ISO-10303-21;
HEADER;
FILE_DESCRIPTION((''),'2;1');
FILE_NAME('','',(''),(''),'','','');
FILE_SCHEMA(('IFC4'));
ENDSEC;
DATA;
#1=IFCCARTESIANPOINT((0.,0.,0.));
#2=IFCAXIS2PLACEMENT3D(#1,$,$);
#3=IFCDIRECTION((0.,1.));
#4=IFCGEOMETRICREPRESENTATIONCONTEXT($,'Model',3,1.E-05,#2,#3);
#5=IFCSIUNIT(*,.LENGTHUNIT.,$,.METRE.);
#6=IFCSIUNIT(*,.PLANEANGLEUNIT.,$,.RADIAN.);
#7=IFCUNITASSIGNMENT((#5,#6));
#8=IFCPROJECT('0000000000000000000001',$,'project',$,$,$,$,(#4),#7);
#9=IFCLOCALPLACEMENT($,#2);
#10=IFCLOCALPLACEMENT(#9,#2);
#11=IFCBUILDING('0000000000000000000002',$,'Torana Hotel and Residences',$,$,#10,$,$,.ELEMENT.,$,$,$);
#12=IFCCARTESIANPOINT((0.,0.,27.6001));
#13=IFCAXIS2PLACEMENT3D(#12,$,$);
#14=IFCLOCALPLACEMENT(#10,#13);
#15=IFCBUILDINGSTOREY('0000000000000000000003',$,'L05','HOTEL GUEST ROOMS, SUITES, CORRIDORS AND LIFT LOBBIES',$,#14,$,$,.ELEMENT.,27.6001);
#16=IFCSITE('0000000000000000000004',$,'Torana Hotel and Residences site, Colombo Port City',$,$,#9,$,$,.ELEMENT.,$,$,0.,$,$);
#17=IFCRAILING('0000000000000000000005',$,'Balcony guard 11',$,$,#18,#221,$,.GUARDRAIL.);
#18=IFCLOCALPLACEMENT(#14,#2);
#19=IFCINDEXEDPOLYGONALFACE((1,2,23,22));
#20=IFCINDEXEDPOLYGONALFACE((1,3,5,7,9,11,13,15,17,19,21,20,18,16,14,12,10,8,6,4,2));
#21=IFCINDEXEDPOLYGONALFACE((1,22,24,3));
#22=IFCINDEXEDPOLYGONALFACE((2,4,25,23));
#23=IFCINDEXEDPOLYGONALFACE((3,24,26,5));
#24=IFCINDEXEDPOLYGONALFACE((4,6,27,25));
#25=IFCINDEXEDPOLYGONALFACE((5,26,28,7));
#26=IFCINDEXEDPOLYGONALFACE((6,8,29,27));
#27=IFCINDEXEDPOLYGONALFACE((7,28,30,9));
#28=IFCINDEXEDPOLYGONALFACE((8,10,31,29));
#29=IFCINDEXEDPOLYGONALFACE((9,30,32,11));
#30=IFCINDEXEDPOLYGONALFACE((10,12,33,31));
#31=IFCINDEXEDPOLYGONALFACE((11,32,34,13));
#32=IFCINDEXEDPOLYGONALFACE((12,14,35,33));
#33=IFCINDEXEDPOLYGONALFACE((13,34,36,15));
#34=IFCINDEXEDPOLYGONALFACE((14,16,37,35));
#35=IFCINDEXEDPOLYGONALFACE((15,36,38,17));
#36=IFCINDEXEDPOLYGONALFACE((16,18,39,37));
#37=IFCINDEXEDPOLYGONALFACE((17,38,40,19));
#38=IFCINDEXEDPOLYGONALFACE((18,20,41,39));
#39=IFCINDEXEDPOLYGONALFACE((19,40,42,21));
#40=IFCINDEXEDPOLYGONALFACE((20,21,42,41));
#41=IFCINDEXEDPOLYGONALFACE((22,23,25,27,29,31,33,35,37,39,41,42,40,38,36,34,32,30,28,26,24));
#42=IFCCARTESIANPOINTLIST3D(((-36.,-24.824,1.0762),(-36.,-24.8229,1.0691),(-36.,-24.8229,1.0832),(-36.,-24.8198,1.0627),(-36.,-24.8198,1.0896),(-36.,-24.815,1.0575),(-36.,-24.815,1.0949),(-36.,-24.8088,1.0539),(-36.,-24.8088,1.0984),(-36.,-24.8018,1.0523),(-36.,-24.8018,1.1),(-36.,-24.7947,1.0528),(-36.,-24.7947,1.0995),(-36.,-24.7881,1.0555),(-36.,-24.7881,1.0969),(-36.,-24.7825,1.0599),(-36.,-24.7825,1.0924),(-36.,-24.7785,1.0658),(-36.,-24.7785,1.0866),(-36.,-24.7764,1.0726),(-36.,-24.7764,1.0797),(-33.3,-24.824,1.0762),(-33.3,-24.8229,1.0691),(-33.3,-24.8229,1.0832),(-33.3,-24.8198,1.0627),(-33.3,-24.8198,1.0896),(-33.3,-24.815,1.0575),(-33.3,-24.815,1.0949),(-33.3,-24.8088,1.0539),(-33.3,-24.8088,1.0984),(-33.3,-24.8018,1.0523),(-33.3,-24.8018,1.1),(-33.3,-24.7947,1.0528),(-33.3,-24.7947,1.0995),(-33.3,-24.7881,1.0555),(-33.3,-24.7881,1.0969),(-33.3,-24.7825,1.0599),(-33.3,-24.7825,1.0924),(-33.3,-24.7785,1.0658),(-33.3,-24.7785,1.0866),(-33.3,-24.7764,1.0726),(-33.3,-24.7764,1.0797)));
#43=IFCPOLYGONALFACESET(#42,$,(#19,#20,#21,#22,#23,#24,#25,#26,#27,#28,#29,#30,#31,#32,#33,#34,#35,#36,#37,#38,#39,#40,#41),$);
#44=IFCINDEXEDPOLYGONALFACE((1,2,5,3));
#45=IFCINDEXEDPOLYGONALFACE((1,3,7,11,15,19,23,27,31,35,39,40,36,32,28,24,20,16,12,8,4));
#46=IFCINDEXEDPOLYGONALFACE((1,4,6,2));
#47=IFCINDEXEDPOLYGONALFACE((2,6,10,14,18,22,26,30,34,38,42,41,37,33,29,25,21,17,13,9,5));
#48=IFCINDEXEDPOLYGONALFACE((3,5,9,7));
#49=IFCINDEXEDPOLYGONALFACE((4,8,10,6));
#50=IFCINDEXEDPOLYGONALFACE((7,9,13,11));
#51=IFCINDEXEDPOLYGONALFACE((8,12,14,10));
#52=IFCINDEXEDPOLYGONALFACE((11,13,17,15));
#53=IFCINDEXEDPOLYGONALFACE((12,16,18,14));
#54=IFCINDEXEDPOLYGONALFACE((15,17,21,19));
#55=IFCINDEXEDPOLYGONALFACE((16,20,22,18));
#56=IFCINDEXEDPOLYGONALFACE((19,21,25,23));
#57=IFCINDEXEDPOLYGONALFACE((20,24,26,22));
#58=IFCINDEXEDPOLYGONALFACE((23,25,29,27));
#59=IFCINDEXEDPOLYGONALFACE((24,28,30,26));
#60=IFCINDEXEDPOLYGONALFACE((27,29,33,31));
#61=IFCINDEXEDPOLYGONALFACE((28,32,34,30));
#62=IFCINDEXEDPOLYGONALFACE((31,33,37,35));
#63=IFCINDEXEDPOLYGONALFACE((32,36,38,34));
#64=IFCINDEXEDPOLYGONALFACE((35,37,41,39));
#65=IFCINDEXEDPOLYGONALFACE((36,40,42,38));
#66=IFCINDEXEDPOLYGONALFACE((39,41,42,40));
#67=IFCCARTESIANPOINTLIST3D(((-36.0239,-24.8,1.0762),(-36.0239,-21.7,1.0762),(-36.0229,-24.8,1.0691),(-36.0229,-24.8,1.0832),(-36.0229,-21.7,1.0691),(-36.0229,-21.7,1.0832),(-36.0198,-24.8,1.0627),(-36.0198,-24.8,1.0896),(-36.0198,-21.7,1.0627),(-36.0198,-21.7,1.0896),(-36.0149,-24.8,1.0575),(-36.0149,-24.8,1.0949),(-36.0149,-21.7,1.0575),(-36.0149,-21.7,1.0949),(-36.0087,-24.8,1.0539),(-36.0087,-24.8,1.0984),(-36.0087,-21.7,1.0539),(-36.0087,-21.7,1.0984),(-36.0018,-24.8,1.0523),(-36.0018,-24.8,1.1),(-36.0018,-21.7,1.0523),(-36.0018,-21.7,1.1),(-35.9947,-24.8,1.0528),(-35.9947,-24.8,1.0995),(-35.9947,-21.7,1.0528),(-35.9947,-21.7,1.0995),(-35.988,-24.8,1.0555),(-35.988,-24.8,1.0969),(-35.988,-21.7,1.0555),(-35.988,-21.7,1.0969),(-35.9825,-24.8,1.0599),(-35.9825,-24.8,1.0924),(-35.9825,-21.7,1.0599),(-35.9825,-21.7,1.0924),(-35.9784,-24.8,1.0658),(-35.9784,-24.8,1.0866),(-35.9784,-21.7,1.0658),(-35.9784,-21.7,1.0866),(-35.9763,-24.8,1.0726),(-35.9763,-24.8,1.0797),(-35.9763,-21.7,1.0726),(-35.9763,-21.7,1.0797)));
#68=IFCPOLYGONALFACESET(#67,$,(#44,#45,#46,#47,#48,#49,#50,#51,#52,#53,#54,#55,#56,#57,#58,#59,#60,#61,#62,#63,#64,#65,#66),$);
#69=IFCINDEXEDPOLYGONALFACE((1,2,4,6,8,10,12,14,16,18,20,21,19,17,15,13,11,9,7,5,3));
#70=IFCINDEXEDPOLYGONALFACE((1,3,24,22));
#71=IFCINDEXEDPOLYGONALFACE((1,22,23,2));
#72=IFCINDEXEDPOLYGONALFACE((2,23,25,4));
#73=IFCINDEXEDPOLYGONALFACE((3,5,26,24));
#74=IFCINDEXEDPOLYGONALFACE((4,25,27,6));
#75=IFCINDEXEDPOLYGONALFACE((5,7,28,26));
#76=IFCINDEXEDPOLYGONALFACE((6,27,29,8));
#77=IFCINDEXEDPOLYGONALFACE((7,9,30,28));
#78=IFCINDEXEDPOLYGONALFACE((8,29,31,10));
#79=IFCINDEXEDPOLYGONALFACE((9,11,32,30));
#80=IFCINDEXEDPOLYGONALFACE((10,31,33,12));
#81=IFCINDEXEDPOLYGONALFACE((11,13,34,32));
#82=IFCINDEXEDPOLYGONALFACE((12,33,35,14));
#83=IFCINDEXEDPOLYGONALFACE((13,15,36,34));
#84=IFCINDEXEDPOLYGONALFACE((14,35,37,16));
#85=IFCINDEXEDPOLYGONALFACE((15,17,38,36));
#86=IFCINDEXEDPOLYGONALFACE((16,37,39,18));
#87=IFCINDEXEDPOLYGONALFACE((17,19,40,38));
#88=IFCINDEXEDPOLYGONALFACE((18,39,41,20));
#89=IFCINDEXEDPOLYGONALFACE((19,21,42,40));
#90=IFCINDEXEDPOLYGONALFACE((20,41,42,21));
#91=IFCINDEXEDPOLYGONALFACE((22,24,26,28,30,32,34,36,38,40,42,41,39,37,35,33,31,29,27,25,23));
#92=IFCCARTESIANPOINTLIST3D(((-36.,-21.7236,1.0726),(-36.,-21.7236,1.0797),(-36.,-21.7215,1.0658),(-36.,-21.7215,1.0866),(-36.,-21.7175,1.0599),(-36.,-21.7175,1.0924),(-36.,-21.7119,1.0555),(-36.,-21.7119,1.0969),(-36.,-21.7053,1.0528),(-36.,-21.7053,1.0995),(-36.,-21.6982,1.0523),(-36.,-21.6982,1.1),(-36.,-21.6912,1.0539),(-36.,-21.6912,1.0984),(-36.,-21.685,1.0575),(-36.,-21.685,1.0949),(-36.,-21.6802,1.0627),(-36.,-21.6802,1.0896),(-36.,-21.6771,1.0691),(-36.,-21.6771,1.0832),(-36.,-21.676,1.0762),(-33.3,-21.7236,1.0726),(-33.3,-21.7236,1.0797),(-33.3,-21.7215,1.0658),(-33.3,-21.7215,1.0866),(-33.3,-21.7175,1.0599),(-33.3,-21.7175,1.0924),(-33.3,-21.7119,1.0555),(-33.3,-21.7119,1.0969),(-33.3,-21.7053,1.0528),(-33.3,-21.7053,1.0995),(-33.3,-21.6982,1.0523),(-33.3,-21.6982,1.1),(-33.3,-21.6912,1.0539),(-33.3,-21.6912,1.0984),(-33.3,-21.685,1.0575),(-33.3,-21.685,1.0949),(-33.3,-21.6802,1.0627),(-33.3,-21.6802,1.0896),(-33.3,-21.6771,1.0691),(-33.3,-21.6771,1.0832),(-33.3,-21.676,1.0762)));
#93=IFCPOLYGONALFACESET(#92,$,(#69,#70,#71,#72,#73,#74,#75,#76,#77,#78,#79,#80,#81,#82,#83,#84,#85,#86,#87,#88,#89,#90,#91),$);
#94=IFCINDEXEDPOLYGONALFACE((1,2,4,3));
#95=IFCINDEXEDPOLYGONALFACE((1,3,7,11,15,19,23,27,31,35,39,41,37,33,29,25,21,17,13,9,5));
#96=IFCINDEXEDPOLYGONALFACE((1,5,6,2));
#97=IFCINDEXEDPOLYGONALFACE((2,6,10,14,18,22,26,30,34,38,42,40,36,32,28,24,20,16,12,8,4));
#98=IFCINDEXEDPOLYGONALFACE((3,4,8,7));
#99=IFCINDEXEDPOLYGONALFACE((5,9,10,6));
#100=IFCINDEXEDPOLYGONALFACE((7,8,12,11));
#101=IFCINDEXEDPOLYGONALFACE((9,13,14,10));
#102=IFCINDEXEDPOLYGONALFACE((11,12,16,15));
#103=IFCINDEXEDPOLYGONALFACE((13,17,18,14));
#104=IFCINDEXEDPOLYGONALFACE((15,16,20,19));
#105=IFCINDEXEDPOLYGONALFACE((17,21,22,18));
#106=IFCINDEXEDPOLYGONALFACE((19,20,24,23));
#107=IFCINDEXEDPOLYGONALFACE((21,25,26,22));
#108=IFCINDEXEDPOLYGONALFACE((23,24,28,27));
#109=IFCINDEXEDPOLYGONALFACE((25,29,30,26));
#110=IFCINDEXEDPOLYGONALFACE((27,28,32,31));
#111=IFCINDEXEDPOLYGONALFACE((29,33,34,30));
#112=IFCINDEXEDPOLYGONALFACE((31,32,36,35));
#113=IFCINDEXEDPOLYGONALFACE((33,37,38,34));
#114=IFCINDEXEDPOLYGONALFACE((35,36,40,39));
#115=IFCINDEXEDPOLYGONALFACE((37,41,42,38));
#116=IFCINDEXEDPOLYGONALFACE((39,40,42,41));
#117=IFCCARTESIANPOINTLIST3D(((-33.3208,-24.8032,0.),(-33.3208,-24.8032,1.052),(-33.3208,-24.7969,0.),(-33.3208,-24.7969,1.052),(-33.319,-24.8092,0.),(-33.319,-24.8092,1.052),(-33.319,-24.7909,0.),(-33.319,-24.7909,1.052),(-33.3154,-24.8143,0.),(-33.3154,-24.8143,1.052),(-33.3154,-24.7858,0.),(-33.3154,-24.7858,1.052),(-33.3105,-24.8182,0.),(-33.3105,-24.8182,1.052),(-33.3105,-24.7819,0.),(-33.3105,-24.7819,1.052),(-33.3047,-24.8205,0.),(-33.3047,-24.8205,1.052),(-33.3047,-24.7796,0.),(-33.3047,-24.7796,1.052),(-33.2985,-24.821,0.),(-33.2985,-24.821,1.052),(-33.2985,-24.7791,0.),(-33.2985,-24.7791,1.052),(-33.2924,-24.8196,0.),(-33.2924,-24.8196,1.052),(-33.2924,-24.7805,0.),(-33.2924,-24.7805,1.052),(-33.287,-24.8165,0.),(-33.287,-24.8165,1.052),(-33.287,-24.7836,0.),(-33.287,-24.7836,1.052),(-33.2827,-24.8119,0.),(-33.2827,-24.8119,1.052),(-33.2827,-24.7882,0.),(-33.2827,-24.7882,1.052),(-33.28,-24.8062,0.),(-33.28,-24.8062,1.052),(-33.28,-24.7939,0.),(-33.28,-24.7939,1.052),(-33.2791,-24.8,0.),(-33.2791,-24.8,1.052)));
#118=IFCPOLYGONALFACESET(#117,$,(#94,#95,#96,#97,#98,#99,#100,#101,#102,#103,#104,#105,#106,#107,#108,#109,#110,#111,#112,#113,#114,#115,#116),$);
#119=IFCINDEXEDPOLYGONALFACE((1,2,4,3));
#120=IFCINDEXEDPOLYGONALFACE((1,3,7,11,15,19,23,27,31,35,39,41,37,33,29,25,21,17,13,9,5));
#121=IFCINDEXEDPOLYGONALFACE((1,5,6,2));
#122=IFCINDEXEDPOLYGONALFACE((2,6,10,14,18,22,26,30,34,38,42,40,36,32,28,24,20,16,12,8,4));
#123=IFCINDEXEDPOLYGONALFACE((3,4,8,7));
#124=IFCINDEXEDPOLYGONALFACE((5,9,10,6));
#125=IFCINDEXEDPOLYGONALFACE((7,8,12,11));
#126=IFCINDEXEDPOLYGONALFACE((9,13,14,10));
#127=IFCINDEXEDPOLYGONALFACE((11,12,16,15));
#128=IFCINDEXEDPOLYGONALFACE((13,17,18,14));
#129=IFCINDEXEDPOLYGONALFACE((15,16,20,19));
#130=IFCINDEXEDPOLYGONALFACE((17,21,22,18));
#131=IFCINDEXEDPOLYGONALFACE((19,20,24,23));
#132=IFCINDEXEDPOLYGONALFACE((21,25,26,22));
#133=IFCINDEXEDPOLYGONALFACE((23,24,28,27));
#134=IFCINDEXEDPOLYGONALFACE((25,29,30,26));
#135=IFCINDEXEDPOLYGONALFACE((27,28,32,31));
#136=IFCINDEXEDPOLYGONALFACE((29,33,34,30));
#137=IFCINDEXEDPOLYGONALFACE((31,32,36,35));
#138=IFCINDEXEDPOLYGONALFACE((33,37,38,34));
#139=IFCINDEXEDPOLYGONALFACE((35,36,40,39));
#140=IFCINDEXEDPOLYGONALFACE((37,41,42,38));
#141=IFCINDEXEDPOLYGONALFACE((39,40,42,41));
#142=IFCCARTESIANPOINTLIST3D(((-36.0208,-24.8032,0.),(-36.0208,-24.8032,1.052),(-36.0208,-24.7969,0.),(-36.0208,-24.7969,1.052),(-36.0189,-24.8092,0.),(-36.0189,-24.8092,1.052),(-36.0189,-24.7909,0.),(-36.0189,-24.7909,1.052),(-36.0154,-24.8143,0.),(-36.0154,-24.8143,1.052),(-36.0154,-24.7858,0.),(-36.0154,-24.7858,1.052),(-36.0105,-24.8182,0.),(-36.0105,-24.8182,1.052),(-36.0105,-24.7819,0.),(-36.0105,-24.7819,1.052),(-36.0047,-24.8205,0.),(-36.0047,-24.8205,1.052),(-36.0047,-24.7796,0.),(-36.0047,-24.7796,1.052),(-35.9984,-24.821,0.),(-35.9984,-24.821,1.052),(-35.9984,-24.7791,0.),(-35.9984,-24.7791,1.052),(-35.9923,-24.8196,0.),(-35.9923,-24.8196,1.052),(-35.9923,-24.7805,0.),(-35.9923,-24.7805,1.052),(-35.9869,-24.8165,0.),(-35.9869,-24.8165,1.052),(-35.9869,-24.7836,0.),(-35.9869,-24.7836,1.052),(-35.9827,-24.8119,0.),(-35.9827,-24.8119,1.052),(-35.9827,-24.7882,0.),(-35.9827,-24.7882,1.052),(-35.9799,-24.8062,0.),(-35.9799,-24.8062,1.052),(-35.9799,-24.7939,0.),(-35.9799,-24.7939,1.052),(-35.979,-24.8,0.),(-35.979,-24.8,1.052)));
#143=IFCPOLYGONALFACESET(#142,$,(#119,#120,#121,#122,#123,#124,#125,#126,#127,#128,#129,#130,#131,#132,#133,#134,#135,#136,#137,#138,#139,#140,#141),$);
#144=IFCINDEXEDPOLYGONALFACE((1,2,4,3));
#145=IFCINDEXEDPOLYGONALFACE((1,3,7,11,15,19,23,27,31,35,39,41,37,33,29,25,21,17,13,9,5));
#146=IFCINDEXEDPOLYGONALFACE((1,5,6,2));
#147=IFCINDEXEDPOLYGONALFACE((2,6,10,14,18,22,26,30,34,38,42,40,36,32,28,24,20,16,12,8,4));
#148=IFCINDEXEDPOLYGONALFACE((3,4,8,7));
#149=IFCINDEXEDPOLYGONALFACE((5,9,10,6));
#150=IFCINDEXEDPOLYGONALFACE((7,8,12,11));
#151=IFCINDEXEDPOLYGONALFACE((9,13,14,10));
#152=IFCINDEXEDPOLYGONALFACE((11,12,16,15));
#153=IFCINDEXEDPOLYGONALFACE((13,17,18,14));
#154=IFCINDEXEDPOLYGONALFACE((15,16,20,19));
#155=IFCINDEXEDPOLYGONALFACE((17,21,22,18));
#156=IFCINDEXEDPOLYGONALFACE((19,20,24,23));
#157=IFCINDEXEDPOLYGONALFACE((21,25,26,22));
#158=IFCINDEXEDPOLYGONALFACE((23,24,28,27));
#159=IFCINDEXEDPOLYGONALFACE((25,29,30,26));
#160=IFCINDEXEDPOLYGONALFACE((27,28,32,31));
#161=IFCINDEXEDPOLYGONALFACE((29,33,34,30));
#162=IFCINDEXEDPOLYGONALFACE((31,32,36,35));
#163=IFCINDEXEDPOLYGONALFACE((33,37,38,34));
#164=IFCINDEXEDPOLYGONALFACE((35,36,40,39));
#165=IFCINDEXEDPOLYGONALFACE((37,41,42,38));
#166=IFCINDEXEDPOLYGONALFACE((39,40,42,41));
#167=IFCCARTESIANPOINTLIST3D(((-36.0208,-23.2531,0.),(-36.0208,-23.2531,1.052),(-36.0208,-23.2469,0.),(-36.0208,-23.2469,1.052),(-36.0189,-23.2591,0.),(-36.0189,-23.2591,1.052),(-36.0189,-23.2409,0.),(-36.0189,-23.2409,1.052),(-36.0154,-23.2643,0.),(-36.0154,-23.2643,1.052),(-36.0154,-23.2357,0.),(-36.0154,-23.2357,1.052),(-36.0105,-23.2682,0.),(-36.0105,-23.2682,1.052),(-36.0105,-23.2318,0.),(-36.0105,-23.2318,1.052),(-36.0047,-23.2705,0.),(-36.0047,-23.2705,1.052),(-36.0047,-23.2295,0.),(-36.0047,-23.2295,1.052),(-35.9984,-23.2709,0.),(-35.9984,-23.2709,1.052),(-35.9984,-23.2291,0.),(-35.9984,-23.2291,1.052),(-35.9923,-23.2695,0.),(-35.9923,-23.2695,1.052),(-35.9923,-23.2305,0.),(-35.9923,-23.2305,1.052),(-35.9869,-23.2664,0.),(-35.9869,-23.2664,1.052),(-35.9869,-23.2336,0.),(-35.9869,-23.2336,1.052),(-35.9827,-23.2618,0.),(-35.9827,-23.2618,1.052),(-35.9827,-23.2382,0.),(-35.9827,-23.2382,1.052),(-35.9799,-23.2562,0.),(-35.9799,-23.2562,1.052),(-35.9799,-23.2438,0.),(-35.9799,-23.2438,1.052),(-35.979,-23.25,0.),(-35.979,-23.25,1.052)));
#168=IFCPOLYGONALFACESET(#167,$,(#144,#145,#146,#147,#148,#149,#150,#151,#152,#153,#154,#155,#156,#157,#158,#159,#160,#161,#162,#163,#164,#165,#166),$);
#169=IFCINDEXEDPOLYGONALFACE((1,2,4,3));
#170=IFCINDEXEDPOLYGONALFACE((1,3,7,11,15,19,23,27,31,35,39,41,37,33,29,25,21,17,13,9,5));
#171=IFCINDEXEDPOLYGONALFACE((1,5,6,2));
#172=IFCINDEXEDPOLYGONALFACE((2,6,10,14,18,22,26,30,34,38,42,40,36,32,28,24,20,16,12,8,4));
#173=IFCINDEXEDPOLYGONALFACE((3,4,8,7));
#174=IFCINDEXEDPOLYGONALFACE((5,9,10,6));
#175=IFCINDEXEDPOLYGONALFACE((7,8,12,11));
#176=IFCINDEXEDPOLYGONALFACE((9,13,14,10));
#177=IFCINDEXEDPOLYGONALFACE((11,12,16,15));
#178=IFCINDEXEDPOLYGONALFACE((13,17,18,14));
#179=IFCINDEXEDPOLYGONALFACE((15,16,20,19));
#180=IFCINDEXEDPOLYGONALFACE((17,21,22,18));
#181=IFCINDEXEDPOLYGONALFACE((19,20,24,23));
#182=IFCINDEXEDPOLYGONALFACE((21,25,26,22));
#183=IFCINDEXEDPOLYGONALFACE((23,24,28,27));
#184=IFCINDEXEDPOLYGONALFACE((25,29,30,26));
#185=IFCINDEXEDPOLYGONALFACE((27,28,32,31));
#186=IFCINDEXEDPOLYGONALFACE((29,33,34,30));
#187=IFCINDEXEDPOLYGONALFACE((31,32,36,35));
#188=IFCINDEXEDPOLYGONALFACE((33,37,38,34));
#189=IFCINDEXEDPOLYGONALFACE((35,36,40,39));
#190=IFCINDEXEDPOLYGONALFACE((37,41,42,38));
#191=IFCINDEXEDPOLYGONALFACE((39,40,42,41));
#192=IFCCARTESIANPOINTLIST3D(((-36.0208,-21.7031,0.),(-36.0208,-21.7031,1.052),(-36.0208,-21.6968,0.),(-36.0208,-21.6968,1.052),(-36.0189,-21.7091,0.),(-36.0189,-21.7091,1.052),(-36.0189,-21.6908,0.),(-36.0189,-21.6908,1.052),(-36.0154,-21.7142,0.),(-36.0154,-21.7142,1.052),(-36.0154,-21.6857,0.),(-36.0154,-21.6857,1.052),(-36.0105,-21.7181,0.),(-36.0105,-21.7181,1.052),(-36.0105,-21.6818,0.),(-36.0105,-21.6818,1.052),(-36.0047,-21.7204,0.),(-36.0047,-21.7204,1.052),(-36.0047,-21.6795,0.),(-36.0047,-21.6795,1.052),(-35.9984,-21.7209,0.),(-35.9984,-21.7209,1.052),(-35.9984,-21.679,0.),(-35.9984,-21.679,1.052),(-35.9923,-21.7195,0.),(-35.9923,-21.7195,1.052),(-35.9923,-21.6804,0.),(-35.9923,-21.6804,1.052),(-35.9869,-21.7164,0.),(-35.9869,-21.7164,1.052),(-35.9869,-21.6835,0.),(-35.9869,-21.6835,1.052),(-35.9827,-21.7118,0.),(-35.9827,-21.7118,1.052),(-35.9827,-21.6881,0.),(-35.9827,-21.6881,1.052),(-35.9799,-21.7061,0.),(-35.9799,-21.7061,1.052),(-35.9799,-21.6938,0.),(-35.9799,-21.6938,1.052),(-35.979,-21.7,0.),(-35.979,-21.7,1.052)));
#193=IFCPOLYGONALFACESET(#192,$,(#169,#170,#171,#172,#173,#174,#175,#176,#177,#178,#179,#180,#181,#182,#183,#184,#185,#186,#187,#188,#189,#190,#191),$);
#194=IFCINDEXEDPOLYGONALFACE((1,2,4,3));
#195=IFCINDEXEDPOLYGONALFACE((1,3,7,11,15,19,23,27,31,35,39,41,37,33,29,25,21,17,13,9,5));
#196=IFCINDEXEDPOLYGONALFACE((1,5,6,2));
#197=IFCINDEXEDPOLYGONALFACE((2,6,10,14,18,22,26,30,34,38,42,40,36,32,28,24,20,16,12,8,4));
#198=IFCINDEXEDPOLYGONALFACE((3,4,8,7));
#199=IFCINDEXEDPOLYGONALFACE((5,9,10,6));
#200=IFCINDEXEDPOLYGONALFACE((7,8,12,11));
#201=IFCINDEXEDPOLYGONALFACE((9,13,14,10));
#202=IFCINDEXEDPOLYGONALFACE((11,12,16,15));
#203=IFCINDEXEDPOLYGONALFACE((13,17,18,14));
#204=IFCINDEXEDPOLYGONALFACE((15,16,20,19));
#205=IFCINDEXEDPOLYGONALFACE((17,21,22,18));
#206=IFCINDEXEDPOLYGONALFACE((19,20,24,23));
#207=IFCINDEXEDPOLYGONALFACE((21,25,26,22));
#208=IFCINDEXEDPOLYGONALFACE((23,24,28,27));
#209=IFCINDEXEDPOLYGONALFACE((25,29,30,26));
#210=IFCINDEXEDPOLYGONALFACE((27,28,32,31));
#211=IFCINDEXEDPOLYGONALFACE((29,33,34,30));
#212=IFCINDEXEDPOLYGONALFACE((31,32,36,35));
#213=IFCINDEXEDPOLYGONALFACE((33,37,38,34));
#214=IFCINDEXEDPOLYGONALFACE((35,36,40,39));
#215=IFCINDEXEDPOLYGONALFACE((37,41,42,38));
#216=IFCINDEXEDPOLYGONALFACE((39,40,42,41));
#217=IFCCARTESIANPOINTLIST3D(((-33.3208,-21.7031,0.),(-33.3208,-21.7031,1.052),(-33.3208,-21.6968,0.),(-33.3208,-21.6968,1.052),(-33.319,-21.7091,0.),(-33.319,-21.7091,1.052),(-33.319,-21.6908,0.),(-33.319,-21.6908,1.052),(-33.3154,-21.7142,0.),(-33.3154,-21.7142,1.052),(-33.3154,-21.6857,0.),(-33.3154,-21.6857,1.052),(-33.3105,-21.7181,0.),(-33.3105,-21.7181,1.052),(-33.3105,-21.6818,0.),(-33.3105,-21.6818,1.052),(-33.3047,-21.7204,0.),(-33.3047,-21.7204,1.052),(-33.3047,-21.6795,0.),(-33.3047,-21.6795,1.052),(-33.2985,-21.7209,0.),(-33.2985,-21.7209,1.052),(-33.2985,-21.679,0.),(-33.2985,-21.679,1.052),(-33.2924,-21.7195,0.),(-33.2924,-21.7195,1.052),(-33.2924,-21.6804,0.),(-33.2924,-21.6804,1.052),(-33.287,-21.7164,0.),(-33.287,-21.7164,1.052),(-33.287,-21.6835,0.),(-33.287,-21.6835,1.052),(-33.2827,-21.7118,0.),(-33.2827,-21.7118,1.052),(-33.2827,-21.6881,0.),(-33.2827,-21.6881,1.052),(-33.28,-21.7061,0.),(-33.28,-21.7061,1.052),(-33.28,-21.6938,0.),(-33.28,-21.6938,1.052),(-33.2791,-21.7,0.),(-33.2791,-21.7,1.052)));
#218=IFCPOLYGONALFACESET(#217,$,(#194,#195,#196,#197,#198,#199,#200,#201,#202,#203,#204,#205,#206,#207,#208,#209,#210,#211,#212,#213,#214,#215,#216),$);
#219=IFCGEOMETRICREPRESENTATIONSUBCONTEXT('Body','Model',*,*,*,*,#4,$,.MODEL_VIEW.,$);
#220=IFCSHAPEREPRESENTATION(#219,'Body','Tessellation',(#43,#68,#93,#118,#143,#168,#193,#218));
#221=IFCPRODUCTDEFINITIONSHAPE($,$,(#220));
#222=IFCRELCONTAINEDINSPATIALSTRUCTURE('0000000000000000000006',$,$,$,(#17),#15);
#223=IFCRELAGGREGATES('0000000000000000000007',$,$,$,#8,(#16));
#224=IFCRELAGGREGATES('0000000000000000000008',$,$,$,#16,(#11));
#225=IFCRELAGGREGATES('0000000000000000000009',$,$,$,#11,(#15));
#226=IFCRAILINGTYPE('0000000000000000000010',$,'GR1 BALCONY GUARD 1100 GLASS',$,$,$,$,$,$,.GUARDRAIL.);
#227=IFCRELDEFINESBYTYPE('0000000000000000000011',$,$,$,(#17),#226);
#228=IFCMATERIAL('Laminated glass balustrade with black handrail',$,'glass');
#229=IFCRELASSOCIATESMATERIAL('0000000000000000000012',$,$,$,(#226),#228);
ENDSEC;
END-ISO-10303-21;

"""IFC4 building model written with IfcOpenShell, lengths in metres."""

from ifc_helpers import new_model, si_unit, direction, frame, origin, origin_2d, place, context, subcontext, project, spatial, circle, extrude, material, type_object, element, save


model = new_model("IFC4")

# Units and contexts
model_context = context("Model", 3, precision=1e-05, world=origin(), true_north=direction((0.0, 1.0)))
body_context = subcontext(model_context, "Body", "Model", "MODEL_VIEW")
ifc_project = project(units=[si_unit("LENGTHUNIT", "METRE"), si_unit("PLANEANGLEUNIT", "RADIAN")], contexts=[model_context])

# Site, building, storey
site_placement = place(None, origin())
site = spatial("IfcSite", under=ifc_project, at=site_placement, Name="Torana Hotel and Residences site, Colombo Port City", CompositionType="ELEMENT", RefElevation=0.0)
building_placement = place(site_placement, origin())
building = spatial("IfcBuilding", under=site, at=building_placement, Name="Torana Hotel and Residences", CompositionType="ELEMENT")
storey_placement = place(building_placement, frame((0.0, 0.0, 27.6001)))
storey = spatial("IfcBuildingStorey", under=building, at=storey_placement, Name="L05", Description="HOTEL GUEST ROOMS, SUITES, CORRIDORS AND LIFT LOBBIES", CompositionType="ELEMENT", Elevation=27.6001)

# Railing
ifc_material_1 = material(Name="Laminated glass balustrade with black handrail", Category="glass")
railing_type = type_object("IfcRailingType", Name="GR1 BALCONY GUARD 1100 GLASS", PredefinedType="GUARDRAIL", material=ifc_material_1)
railing_placement = place(storey_placement, frame((-33.3, -24.8, 0.0)))
element("IfcRailing", 1, at=railing_placement, inside=storey, type_object=railing_type, Name="Balcony guard 11", PredefinedType="GUARDRAIL", context=body_context, shape_type="SweptSolid", body=[
    extrude(circle(Radius=0.0239, at=origin_2d()), frame((0.0, 0.0, 1.0762), z_axis=(-1.0, 0.0, 0.0), x_axis=(0.0, -1.0, 0.0)), (0.0, 0.0, 1.0), 2.7),
    extrude(circle(Radius=0.0239, at=origin_2d()), frame((-2.7, 0.0, 1.0762), z_axis=(0.0, 1.0, 0.0), x_axis=(-1.0, 0.0, 0.0)), (0.0, 0.0, 1.0), 3.1001),
    extrude(circle(Radius=0.0239, at=origin_2d()), frame((-2.7, 3.1001, 1.0762), z_axis=(1.0, 0.0, 0.0), x_axis=(0.0, 1.0, 0.0)), (0.0, 0.0, 1.0), 2.7),
    extrude(circle(Radius=0.021, at=origin_2d()), origin(), (0.0, 0.0, 1.0), 1.052),
    extrude(circle(Radius=0.021, at=origin_2d()), frame((-2.7, 0.0, 0.0)), (0.0, 0.0, 1.0), 1.052),
    extrude(circle(Radius=0.021, at=origin_2d()), frame((-2.7, 1.55, 0.0)), (0.0, 0.0, 1.0), 1.052),
    extrude(circle(Radius=0.021, at=origin_2d()), frame((-2.7, 3.1001, 0.0)), (0.0, 0.0, 1.0), 1.052),
    extrude(circle(Radius=0.021, at=origin_2d()), frame((0.0, 3.1001, 0.0)), (0.0, 0.0, 1.0), 1.052),
])

save(model, "model.ifc")
